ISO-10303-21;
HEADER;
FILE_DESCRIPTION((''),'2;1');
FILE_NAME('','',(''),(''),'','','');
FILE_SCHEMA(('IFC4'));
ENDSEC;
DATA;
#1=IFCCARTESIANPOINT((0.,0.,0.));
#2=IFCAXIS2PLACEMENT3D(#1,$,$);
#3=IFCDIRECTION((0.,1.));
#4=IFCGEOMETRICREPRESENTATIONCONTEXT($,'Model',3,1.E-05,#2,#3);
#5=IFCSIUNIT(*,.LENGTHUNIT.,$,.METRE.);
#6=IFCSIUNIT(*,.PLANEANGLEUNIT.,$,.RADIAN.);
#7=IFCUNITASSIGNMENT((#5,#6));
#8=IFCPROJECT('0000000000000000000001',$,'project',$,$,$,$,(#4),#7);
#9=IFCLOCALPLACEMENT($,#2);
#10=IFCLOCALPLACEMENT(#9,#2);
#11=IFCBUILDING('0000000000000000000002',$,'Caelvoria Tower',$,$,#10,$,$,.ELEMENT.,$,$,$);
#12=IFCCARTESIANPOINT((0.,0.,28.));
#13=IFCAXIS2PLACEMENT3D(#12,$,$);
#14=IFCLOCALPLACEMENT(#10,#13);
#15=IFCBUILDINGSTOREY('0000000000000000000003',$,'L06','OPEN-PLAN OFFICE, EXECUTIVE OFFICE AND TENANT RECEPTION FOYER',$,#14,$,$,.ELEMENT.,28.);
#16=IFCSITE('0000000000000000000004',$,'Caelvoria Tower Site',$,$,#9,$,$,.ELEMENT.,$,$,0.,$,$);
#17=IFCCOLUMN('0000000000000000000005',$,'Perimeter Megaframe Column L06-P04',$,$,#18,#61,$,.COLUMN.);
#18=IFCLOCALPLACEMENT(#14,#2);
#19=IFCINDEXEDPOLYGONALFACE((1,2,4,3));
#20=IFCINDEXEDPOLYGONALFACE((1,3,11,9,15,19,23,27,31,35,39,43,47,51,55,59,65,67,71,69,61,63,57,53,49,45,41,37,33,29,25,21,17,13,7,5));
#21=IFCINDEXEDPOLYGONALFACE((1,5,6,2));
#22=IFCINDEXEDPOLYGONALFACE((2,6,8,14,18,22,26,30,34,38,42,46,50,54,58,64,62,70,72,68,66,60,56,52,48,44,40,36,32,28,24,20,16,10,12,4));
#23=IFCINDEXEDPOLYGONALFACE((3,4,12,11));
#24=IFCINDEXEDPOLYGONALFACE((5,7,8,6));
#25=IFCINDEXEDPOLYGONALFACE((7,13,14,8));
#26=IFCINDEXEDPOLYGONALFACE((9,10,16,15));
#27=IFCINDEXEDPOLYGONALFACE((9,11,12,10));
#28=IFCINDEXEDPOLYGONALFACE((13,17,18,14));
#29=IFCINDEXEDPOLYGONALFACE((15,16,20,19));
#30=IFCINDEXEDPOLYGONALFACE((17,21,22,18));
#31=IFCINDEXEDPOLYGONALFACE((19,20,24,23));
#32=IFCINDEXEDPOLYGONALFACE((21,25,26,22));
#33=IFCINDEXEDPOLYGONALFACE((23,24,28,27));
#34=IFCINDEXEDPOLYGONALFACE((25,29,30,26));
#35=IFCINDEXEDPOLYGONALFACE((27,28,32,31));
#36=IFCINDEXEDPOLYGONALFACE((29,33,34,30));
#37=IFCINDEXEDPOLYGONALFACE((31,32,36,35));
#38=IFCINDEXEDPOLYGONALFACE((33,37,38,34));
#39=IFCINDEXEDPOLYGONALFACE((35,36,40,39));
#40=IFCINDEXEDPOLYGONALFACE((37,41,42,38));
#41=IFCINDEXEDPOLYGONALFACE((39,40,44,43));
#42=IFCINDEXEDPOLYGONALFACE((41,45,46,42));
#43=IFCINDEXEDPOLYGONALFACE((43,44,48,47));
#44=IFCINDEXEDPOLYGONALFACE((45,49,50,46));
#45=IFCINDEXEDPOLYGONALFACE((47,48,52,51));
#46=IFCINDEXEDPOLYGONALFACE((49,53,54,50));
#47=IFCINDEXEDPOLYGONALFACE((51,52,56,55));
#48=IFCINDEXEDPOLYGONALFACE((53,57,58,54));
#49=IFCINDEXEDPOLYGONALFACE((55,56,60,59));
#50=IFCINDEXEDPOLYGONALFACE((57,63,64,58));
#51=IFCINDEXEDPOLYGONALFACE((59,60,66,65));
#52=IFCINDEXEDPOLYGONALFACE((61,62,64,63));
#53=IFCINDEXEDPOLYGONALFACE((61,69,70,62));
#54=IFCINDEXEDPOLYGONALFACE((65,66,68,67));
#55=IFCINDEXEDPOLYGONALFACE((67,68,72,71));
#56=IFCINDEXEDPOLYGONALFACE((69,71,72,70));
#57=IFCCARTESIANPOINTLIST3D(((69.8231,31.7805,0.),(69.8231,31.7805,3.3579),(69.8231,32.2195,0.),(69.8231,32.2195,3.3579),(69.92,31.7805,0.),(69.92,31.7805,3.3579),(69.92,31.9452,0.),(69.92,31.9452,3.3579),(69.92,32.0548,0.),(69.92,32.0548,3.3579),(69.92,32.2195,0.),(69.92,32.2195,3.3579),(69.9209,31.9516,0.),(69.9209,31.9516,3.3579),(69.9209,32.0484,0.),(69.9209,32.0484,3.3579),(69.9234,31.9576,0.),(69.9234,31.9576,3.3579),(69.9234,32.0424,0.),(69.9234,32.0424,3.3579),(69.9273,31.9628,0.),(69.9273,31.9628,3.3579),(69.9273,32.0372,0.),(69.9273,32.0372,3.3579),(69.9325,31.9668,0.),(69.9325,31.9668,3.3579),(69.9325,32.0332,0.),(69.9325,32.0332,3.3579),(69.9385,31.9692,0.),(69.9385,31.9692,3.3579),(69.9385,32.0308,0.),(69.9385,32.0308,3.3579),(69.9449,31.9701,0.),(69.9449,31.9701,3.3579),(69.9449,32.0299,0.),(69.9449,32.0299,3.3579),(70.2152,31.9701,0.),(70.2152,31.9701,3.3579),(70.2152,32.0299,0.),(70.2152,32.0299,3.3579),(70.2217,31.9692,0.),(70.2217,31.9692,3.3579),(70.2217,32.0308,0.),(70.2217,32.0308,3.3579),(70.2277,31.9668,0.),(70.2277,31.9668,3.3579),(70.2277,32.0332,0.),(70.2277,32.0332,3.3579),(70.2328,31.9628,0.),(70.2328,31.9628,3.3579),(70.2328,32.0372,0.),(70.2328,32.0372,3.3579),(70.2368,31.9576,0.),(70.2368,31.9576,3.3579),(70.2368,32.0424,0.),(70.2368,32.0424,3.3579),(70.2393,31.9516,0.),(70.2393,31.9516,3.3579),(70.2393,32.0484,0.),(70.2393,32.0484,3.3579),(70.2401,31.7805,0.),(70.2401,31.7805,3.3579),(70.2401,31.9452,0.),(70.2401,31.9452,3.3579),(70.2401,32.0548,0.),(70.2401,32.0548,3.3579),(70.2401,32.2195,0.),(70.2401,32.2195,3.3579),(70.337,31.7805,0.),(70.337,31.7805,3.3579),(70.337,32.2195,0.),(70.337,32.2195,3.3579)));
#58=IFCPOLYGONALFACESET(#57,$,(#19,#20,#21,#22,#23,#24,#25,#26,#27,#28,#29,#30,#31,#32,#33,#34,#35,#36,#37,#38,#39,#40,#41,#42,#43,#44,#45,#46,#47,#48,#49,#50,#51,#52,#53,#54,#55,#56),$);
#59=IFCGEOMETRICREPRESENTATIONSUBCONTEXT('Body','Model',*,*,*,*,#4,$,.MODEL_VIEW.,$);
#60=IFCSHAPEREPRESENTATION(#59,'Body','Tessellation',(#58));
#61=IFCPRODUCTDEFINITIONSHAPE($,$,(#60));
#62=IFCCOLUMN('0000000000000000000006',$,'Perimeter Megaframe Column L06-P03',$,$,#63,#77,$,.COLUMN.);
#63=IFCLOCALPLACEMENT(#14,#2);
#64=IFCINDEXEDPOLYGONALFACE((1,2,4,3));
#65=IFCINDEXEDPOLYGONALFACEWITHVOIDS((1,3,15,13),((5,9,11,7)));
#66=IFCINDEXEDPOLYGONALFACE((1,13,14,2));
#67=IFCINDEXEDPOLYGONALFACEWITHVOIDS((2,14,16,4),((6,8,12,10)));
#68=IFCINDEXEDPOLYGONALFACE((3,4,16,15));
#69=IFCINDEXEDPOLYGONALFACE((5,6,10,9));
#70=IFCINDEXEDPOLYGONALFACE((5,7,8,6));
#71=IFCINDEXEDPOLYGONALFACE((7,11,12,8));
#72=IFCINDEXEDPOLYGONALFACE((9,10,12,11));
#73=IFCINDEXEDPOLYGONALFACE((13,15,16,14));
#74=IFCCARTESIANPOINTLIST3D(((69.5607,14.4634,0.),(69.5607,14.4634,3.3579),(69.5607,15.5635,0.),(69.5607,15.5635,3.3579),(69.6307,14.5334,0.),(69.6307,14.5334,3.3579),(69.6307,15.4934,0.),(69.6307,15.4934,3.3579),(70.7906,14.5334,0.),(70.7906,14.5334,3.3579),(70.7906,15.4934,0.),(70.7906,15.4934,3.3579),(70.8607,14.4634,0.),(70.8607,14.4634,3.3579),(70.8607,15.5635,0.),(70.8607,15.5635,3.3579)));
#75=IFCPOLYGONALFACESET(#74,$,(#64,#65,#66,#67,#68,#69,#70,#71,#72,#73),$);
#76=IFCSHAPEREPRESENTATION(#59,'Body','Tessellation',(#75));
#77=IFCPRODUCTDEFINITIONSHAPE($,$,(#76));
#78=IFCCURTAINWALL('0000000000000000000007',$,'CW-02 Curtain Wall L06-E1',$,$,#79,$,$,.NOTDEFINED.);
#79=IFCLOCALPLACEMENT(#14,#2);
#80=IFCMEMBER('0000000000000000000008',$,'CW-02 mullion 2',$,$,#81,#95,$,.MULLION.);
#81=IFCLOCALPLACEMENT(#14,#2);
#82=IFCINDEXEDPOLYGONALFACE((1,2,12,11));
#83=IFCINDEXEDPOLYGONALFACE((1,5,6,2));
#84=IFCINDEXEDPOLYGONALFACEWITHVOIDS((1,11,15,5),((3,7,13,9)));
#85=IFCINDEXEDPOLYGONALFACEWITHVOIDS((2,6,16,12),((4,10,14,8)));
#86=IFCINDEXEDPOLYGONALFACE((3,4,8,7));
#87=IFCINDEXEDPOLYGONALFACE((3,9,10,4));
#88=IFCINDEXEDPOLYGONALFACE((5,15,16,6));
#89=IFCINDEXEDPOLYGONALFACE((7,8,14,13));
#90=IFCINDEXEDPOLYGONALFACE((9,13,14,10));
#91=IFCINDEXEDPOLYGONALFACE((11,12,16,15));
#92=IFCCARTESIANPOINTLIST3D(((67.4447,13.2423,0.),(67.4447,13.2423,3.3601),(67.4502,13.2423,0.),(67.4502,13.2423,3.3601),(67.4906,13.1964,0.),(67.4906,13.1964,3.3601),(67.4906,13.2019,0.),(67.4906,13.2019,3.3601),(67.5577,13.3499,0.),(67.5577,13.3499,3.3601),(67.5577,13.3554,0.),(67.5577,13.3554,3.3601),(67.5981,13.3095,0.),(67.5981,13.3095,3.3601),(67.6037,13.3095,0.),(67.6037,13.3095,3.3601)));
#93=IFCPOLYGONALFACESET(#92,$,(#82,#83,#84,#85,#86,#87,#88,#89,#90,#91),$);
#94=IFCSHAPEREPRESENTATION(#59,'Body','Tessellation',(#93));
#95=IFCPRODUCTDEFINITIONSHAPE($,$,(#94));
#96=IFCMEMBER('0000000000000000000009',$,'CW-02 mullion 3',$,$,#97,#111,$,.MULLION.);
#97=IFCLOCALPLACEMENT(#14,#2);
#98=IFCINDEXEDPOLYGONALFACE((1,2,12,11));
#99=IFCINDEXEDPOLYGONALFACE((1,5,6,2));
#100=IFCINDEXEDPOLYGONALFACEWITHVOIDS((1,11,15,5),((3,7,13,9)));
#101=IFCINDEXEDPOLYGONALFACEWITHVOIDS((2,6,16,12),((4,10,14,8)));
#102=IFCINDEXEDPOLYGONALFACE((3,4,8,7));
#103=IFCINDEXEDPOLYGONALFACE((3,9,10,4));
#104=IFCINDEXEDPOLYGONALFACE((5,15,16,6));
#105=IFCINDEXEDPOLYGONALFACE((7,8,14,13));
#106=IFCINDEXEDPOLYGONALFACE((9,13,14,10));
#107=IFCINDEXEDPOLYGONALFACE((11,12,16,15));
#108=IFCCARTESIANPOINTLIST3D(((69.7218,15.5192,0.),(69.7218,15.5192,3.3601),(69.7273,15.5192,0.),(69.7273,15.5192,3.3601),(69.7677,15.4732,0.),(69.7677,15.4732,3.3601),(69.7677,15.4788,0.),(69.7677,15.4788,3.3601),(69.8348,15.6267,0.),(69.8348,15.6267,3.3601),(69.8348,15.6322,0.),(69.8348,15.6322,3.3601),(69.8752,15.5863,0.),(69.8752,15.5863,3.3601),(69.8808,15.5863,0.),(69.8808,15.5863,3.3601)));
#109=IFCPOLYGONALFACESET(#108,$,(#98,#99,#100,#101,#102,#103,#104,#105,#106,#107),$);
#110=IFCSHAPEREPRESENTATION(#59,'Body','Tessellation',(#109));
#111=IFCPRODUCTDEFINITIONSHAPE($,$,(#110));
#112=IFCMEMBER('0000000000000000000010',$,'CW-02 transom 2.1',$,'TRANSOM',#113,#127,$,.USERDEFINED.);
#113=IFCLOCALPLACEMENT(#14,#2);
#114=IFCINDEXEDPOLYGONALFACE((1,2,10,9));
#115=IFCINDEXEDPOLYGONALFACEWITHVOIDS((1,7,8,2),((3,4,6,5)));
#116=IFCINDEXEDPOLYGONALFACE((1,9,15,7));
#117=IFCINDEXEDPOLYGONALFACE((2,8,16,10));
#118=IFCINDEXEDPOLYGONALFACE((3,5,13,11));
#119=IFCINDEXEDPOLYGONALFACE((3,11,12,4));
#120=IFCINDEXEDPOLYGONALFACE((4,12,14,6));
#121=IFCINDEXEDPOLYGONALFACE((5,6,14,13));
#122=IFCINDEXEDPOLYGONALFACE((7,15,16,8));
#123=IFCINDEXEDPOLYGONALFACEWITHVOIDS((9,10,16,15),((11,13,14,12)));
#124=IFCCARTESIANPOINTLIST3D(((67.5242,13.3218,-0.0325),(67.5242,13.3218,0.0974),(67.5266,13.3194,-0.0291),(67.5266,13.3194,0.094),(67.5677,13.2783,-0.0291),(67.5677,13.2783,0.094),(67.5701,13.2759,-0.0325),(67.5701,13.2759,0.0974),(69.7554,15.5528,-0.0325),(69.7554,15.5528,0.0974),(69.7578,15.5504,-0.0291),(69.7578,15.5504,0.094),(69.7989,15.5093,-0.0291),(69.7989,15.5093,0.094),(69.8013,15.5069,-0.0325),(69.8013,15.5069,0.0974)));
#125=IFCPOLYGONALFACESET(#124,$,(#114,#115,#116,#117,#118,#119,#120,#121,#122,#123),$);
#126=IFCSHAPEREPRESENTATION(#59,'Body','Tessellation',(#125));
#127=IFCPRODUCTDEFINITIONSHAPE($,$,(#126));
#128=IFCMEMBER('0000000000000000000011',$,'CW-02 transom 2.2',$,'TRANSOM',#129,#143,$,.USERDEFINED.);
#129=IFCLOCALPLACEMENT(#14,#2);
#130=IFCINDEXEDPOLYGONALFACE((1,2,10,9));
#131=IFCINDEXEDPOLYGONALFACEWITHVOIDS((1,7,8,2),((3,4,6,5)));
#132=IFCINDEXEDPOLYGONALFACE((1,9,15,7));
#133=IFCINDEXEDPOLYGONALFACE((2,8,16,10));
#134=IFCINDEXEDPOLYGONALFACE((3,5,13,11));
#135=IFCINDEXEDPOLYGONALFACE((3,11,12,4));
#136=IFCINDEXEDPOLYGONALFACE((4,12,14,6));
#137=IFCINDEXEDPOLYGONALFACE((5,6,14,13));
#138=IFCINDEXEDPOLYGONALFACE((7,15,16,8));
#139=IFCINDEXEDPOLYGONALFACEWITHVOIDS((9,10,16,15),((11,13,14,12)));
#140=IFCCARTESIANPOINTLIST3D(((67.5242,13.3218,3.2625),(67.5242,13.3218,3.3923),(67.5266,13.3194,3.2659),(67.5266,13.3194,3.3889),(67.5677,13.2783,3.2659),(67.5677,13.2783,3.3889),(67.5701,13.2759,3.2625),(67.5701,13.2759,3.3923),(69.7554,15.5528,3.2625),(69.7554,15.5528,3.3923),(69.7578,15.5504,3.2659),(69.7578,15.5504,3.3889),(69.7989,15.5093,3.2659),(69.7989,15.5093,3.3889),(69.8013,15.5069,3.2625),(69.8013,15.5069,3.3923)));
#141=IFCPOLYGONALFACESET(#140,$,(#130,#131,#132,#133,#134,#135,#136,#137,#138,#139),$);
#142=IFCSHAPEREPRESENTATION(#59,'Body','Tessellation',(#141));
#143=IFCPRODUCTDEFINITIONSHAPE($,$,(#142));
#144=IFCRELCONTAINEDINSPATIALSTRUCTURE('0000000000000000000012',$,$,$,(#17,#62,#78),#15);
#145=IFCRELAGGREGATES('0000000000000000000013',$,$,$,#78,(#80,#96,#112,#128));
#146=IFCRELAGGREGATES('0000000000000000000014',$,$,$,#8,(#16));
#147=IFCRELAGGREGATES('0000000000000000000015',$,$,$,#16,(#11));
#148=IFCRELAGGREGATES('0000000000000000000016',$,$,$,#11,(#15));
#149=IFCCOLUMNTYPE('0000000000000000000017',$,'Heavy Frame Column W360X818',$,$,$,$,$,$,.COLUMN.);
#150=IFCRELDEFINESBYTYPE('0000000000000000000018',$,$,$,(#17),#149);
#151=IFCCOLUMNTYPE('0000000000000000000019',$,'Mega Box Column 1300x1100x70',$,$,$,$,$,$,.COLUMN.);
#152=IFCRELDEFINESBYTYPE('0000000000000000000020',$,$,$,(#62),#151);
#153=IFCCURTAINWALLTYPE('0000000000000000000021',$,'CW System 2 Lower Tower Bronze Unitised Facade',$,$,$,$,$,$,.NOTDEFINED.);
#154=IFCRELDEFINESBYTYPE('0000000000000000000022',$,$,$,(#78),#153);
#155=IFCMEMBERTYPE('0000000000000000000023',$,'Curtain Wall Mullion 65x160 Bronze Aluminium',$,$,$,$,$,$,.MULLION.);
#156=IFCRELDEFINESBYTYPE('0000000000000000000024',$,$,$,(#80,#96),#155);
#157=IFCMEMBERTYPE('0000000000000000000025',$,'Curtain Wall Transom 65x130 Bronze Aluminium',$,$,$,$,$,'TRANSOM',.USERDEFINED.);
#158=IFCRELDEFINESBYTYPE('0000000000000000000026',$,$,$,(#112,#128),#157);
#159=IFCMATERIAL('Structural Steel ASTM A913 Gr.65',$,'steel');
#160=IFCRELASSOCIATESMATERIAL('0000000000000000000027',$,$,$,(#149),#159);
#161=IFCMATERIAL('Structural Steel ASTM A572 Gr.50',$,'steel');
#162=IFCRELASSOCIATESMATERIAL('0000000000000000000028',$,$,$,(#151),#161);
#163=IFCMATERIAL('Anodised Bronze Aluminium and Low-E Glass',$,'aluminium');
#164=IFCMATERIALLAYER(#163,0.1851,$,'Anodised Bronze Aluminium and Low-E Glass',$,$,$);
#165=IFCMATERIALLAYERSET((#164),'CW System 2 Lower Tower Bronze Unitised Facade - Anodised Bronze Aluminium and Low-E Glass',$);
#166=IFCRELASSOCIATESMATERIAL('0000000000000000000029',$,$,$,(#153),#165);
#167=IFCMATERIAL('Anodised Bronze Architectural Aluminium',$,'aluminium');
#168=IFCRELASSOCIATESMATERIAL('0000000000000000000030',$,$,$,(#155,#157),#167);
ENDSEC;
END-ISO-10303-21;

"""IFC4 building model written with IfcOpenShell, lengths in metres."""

from ifc_helpers import new_model, si_unit, direction, frame, origin, origin_2d, place, context, subcontext, project, spatial, hollow_rectangle, i_section, extrude, material, layer, layer_set, material_profile, profile_set, type_object, element, aggregate, save


model = new_model("IFC4")

# Units and contexts
model_context = context("Model", 3, precision=1e-05, world=origin(), true_north=direction((0.0, 1.0)))
body_context = subcontext(model_context, "Body", "Model", "MODEL_VIEW")
ifc_project = project(units=[si_unit("LENGTHUNIT", "METRE"), si_unit("PLANEANGLEUNIT", "RADIAN")], contexts=[model_context])

# Site, building, storey
site_placement = place(None, origin())
site = spatial("IfcSite", under=ifc_project, at=site_placement, Name="Caelvoria Tower Site", CompositionType="ELEMENT", RefElevation=0.0)
building_placement = place(site_placement, origin())
building = spatial("IfcBuilding", under=site, at=building_placement, Name="Caelvoria Tower", CompositionType="ELEMENT")
storey_placement = place(building_placement, frame((0.0, 0.0, 28.0)))
storey = spatial("IfcBuildingStorey", under=building, at=storey_placement, Name="L06", Description="OPEN-PLAN OFFICE, EXECUTIVE OFFICE AND TENANT RECEPTION FOYER", CompositionType="ELEMENT", Elevation=28.0)

# Columns
ifc_material_1 = material(Name="Structural Steel ASTM A913 Gr.65", Category="steel")
ifc_material_profile_1 = material_profile(ifc_material_1, i_section(OverallWidth=0.439, OverallDepth=0.5139, WebThickness=0.0598, FlangeThickness=0.0969, FilletRadius=0.0249, at=origin_2d()), Name="Structural Steel ASTM A913 Gr.65")
ifc_profile_set_1 = profile_set([ifc_material_profile_1], Name="W360X818 - Structural Steel ASTM A913 Gr.65")
column_type_1 = type_object("IfcColumnType", Name="Heavy Frame Column W360X818", PredefinedType="COLUMN", material=ifc_profile_set_1)
column_1_placement = place(storey_placement, frame((70.0801, 32.0, 0.0), z_axis=(0.0, 0.0, 1.0), x_axis=(0.0, 1.0, 0.0)))
element("IfcColumn", 1, at=column_1_placement, inside=storey, type_object=column_type_1, Name="Perimeter Megaframe Column L06-P04", PredefinedType="COLUMN", context=body_context, shape_type="SweptSolid", body=[
    extrude(i_section(OverallWidth=0.439, OverallDepth=0.5139, WebThickness=0.0598, FlangeThickness=0.0969, FilletRadius=0.0249, at=origin_2d()), origin(), (0.0, 0.0, 1.0), 3.3579),
])
ifc_material_2 = material(Name="Structural Steel ASTM A572 Gr.50", Category="steel")
ifc_material_profile_2 = material_profile(ifc_material_2, hollow_rectangle(XDim=1.1001, YDim=1.3, WallThickness=0.0701, at=origin_2d()), Name="Structural Steel ASTM A572 Gr.50")
ifc_profile_set_2 = profile_set([ifc_material_profile_2], Name="BOX1300X1100X70 - Structural Steel ASTM A572 Gr.50")
column_type_2 = type_object("IfcColumnType", Name="Mega Box Column 1300x1100x70", PredefinedType="COLUMN", material=ifc_profile_set_2)
column_2_placement = place(storey_placement, frame((70.2107, 15.0134, 0.0), z_axis=(0.0, 0.0, 1.0), x_axis=(0.0, 1.0, 0.0)))
element("IfcColumn", 2, at=column_2_placement, inside=storey, type_object=column_type_2, Name="Perimeter Megaframe Column L06-P03", PredefinedType="COLUMN", context=body_context, shape_type="SweptSolid", body=[
    extrude(hollow_rectangle(XDim=1.1001, YDim=1.3, WallThickness=0.0701, at=origin_2d()), origin(), (0.0, 0.0, 1.0), 3.3579),
])

# Curtain wall, members
ifc_material_3 = material(Name="Anodised Bronze Aluminium and Low-E Glass", Category="aluminium")
ifc_layer_1 = layer(ifc_material_3, 0.1851, Name="Anodised Bronze Aluminium and Low-E Glass")
ifc_layer_set_1 = layer_set([ifc_layer_1], Name="CW System 2 Lower Tower Bronze Unitised Facade - Anodised Bronze Aluminium and Low-E Glass")
curtain_wall_type = type_object("IfcCurtainWallType", Name="CW System 2 Lower Tower Bronze Unitised Facade", PredefinedType="NOTDEFINED", material=ifc_layer_set_1)
curtain_wall_placement = place(storey_placement, origin())
curtain_wall = element("IfcCurtainWall", 3, at=curtain_wall_placement, inside=storey, type_object=curtain_wall_type, Name="CW-02 Curtain Wall L06-E1", PredefinedType="NOTDEFINED")
ifc_material_4 = material(Name="Anodised Bronze Architectural Aluminium", Category="aluminium")
ifc_material_profile_3 = material_profile(ifc_material_4, hollow_rectangle(XDim=0.0649, YDim=0.1599, WallThickness=0.0039, at=origin_2d()), Name="Anodised Bronze Architectural Aluminium")
ifc_profile_set_3 = profile_set([ifc_material_profile_3], Name="CW_MULL_65X160 - Anodised Bronze Architectural Aluminium")
member_type_1 = type_object("IfcMemberType", Name="Curtain Wall Mullion 65x160 Bronze Aluminium", PredefinedType="MULLION", material=ifc_profile_set_3)
member_1_placement = place(storey_placement, frame((67.5242, 13.2759, 0.0), z_axis=(0.0, 0.0, 1.0), x_axis=(-0.707107, 0.707107, 0.0)))
member_1 = element("IfcMember", 4, at=member_1_placement, type_object=member_type_1, Name="CW-02 mullion 2", PredefinedType="MULLION", context=body_context, shape_type="SweptSolid", body=[
    extrude(hollow_rectangle(XDim=0.0649, YDim=0.1599, WallThickness=0.0039, at=origin_2d()), origin(), (0.0, 0.0, 1.0), 3.3601),
])
member_2_placement = place(storey_placement, frame((69.8013, 15.5527, 0.0), z_axis=(0.0, 0.0, 1.0), x_axis=(-0.707107, 0.707107, 0.0)))
member_2 = element("IfcMember", 5, at=member_2_placement, type_object=member_type_1, Name="CW-02 mullion 3", PredefinedType="MULLION", context=body_context, shape_type="SweptSolid", body=[
    extrude(hollow_rectangle(XDim=0.0649, YDim=0.1599, WallThickness=0.0039, at=origin_2d()), origin(), (0.0, 0.0, 1.0), 3.3601),
])
ifc_material_profile_4 = material_profile(ifc_material_4, hollow_rectangle(XDim=0.0649, YDim=0.1299, WallThickness=0.0034, at=origin_2d()), Name="Anodised Bronze Architectural Aluminium")
ifc_profile_set_4 = profile_set([ifc_material_profile_4], Name="CW_TRAN_65X130 - Anodised Bronze Architectural Aluminium")
member_type_2 = type_object("IfcMemberType", Name="Curtain Wall Transom 65x130 Bronze Aluminium", ElementType="TRANSOM", PredefinedType="USERDEFINED", material=ifc_profile_set_4)
member_3_placement = place(storey_placement, frame((67.5471, 13.2988, 0.0325), z_axis=(0.707145, 0.707068, 0.0), x_axis=(-0.707068, 0.707145, 0.0)))
member_3 = element("IfcMember", 6, at=member_3_placement, type_object=member_type_2, Name="CW-02 transom 2.1", ObjectType="TRANSOM", PredefinedType="USERDEFINED", context=body_context, shape_type="SweptSolid", body=[
    extrude(hollow_rectangle(XDim=0.0649, YDim=0.1299, WallThickness=0.0034, at=origin_2d()), origin(), (0.0, 0.0, 1.0), 3.1553),
])
member_4_placement = place(storey_placement, frame((67.5471, 13.2988, 3.3274), z_axis=(0.707145, 0.707068, 0.0), x_axis=(-0.707068, 0.707145, 0.0)))
member_4 = element("IfcMember", 7, at=member_4_placement, type_object=member_type_2, Name="CW-02 transom 2.2", ObjectType="TRANSOM", PredefinedType="USERDEFINED", context=body_context, shape_type="SweptSolid", body=[
    extrude(hollow_rectangle(XDim=0.0649, YDim=0.1299, WallThickness=0.0034, at=origin_2d()), origin(), (0.0, 0.0, 1.0), 3.1553),
])

aggregate(curtain_wall, [member_1, member_2, member_3, member_4])

save(model, "model.ifc")
